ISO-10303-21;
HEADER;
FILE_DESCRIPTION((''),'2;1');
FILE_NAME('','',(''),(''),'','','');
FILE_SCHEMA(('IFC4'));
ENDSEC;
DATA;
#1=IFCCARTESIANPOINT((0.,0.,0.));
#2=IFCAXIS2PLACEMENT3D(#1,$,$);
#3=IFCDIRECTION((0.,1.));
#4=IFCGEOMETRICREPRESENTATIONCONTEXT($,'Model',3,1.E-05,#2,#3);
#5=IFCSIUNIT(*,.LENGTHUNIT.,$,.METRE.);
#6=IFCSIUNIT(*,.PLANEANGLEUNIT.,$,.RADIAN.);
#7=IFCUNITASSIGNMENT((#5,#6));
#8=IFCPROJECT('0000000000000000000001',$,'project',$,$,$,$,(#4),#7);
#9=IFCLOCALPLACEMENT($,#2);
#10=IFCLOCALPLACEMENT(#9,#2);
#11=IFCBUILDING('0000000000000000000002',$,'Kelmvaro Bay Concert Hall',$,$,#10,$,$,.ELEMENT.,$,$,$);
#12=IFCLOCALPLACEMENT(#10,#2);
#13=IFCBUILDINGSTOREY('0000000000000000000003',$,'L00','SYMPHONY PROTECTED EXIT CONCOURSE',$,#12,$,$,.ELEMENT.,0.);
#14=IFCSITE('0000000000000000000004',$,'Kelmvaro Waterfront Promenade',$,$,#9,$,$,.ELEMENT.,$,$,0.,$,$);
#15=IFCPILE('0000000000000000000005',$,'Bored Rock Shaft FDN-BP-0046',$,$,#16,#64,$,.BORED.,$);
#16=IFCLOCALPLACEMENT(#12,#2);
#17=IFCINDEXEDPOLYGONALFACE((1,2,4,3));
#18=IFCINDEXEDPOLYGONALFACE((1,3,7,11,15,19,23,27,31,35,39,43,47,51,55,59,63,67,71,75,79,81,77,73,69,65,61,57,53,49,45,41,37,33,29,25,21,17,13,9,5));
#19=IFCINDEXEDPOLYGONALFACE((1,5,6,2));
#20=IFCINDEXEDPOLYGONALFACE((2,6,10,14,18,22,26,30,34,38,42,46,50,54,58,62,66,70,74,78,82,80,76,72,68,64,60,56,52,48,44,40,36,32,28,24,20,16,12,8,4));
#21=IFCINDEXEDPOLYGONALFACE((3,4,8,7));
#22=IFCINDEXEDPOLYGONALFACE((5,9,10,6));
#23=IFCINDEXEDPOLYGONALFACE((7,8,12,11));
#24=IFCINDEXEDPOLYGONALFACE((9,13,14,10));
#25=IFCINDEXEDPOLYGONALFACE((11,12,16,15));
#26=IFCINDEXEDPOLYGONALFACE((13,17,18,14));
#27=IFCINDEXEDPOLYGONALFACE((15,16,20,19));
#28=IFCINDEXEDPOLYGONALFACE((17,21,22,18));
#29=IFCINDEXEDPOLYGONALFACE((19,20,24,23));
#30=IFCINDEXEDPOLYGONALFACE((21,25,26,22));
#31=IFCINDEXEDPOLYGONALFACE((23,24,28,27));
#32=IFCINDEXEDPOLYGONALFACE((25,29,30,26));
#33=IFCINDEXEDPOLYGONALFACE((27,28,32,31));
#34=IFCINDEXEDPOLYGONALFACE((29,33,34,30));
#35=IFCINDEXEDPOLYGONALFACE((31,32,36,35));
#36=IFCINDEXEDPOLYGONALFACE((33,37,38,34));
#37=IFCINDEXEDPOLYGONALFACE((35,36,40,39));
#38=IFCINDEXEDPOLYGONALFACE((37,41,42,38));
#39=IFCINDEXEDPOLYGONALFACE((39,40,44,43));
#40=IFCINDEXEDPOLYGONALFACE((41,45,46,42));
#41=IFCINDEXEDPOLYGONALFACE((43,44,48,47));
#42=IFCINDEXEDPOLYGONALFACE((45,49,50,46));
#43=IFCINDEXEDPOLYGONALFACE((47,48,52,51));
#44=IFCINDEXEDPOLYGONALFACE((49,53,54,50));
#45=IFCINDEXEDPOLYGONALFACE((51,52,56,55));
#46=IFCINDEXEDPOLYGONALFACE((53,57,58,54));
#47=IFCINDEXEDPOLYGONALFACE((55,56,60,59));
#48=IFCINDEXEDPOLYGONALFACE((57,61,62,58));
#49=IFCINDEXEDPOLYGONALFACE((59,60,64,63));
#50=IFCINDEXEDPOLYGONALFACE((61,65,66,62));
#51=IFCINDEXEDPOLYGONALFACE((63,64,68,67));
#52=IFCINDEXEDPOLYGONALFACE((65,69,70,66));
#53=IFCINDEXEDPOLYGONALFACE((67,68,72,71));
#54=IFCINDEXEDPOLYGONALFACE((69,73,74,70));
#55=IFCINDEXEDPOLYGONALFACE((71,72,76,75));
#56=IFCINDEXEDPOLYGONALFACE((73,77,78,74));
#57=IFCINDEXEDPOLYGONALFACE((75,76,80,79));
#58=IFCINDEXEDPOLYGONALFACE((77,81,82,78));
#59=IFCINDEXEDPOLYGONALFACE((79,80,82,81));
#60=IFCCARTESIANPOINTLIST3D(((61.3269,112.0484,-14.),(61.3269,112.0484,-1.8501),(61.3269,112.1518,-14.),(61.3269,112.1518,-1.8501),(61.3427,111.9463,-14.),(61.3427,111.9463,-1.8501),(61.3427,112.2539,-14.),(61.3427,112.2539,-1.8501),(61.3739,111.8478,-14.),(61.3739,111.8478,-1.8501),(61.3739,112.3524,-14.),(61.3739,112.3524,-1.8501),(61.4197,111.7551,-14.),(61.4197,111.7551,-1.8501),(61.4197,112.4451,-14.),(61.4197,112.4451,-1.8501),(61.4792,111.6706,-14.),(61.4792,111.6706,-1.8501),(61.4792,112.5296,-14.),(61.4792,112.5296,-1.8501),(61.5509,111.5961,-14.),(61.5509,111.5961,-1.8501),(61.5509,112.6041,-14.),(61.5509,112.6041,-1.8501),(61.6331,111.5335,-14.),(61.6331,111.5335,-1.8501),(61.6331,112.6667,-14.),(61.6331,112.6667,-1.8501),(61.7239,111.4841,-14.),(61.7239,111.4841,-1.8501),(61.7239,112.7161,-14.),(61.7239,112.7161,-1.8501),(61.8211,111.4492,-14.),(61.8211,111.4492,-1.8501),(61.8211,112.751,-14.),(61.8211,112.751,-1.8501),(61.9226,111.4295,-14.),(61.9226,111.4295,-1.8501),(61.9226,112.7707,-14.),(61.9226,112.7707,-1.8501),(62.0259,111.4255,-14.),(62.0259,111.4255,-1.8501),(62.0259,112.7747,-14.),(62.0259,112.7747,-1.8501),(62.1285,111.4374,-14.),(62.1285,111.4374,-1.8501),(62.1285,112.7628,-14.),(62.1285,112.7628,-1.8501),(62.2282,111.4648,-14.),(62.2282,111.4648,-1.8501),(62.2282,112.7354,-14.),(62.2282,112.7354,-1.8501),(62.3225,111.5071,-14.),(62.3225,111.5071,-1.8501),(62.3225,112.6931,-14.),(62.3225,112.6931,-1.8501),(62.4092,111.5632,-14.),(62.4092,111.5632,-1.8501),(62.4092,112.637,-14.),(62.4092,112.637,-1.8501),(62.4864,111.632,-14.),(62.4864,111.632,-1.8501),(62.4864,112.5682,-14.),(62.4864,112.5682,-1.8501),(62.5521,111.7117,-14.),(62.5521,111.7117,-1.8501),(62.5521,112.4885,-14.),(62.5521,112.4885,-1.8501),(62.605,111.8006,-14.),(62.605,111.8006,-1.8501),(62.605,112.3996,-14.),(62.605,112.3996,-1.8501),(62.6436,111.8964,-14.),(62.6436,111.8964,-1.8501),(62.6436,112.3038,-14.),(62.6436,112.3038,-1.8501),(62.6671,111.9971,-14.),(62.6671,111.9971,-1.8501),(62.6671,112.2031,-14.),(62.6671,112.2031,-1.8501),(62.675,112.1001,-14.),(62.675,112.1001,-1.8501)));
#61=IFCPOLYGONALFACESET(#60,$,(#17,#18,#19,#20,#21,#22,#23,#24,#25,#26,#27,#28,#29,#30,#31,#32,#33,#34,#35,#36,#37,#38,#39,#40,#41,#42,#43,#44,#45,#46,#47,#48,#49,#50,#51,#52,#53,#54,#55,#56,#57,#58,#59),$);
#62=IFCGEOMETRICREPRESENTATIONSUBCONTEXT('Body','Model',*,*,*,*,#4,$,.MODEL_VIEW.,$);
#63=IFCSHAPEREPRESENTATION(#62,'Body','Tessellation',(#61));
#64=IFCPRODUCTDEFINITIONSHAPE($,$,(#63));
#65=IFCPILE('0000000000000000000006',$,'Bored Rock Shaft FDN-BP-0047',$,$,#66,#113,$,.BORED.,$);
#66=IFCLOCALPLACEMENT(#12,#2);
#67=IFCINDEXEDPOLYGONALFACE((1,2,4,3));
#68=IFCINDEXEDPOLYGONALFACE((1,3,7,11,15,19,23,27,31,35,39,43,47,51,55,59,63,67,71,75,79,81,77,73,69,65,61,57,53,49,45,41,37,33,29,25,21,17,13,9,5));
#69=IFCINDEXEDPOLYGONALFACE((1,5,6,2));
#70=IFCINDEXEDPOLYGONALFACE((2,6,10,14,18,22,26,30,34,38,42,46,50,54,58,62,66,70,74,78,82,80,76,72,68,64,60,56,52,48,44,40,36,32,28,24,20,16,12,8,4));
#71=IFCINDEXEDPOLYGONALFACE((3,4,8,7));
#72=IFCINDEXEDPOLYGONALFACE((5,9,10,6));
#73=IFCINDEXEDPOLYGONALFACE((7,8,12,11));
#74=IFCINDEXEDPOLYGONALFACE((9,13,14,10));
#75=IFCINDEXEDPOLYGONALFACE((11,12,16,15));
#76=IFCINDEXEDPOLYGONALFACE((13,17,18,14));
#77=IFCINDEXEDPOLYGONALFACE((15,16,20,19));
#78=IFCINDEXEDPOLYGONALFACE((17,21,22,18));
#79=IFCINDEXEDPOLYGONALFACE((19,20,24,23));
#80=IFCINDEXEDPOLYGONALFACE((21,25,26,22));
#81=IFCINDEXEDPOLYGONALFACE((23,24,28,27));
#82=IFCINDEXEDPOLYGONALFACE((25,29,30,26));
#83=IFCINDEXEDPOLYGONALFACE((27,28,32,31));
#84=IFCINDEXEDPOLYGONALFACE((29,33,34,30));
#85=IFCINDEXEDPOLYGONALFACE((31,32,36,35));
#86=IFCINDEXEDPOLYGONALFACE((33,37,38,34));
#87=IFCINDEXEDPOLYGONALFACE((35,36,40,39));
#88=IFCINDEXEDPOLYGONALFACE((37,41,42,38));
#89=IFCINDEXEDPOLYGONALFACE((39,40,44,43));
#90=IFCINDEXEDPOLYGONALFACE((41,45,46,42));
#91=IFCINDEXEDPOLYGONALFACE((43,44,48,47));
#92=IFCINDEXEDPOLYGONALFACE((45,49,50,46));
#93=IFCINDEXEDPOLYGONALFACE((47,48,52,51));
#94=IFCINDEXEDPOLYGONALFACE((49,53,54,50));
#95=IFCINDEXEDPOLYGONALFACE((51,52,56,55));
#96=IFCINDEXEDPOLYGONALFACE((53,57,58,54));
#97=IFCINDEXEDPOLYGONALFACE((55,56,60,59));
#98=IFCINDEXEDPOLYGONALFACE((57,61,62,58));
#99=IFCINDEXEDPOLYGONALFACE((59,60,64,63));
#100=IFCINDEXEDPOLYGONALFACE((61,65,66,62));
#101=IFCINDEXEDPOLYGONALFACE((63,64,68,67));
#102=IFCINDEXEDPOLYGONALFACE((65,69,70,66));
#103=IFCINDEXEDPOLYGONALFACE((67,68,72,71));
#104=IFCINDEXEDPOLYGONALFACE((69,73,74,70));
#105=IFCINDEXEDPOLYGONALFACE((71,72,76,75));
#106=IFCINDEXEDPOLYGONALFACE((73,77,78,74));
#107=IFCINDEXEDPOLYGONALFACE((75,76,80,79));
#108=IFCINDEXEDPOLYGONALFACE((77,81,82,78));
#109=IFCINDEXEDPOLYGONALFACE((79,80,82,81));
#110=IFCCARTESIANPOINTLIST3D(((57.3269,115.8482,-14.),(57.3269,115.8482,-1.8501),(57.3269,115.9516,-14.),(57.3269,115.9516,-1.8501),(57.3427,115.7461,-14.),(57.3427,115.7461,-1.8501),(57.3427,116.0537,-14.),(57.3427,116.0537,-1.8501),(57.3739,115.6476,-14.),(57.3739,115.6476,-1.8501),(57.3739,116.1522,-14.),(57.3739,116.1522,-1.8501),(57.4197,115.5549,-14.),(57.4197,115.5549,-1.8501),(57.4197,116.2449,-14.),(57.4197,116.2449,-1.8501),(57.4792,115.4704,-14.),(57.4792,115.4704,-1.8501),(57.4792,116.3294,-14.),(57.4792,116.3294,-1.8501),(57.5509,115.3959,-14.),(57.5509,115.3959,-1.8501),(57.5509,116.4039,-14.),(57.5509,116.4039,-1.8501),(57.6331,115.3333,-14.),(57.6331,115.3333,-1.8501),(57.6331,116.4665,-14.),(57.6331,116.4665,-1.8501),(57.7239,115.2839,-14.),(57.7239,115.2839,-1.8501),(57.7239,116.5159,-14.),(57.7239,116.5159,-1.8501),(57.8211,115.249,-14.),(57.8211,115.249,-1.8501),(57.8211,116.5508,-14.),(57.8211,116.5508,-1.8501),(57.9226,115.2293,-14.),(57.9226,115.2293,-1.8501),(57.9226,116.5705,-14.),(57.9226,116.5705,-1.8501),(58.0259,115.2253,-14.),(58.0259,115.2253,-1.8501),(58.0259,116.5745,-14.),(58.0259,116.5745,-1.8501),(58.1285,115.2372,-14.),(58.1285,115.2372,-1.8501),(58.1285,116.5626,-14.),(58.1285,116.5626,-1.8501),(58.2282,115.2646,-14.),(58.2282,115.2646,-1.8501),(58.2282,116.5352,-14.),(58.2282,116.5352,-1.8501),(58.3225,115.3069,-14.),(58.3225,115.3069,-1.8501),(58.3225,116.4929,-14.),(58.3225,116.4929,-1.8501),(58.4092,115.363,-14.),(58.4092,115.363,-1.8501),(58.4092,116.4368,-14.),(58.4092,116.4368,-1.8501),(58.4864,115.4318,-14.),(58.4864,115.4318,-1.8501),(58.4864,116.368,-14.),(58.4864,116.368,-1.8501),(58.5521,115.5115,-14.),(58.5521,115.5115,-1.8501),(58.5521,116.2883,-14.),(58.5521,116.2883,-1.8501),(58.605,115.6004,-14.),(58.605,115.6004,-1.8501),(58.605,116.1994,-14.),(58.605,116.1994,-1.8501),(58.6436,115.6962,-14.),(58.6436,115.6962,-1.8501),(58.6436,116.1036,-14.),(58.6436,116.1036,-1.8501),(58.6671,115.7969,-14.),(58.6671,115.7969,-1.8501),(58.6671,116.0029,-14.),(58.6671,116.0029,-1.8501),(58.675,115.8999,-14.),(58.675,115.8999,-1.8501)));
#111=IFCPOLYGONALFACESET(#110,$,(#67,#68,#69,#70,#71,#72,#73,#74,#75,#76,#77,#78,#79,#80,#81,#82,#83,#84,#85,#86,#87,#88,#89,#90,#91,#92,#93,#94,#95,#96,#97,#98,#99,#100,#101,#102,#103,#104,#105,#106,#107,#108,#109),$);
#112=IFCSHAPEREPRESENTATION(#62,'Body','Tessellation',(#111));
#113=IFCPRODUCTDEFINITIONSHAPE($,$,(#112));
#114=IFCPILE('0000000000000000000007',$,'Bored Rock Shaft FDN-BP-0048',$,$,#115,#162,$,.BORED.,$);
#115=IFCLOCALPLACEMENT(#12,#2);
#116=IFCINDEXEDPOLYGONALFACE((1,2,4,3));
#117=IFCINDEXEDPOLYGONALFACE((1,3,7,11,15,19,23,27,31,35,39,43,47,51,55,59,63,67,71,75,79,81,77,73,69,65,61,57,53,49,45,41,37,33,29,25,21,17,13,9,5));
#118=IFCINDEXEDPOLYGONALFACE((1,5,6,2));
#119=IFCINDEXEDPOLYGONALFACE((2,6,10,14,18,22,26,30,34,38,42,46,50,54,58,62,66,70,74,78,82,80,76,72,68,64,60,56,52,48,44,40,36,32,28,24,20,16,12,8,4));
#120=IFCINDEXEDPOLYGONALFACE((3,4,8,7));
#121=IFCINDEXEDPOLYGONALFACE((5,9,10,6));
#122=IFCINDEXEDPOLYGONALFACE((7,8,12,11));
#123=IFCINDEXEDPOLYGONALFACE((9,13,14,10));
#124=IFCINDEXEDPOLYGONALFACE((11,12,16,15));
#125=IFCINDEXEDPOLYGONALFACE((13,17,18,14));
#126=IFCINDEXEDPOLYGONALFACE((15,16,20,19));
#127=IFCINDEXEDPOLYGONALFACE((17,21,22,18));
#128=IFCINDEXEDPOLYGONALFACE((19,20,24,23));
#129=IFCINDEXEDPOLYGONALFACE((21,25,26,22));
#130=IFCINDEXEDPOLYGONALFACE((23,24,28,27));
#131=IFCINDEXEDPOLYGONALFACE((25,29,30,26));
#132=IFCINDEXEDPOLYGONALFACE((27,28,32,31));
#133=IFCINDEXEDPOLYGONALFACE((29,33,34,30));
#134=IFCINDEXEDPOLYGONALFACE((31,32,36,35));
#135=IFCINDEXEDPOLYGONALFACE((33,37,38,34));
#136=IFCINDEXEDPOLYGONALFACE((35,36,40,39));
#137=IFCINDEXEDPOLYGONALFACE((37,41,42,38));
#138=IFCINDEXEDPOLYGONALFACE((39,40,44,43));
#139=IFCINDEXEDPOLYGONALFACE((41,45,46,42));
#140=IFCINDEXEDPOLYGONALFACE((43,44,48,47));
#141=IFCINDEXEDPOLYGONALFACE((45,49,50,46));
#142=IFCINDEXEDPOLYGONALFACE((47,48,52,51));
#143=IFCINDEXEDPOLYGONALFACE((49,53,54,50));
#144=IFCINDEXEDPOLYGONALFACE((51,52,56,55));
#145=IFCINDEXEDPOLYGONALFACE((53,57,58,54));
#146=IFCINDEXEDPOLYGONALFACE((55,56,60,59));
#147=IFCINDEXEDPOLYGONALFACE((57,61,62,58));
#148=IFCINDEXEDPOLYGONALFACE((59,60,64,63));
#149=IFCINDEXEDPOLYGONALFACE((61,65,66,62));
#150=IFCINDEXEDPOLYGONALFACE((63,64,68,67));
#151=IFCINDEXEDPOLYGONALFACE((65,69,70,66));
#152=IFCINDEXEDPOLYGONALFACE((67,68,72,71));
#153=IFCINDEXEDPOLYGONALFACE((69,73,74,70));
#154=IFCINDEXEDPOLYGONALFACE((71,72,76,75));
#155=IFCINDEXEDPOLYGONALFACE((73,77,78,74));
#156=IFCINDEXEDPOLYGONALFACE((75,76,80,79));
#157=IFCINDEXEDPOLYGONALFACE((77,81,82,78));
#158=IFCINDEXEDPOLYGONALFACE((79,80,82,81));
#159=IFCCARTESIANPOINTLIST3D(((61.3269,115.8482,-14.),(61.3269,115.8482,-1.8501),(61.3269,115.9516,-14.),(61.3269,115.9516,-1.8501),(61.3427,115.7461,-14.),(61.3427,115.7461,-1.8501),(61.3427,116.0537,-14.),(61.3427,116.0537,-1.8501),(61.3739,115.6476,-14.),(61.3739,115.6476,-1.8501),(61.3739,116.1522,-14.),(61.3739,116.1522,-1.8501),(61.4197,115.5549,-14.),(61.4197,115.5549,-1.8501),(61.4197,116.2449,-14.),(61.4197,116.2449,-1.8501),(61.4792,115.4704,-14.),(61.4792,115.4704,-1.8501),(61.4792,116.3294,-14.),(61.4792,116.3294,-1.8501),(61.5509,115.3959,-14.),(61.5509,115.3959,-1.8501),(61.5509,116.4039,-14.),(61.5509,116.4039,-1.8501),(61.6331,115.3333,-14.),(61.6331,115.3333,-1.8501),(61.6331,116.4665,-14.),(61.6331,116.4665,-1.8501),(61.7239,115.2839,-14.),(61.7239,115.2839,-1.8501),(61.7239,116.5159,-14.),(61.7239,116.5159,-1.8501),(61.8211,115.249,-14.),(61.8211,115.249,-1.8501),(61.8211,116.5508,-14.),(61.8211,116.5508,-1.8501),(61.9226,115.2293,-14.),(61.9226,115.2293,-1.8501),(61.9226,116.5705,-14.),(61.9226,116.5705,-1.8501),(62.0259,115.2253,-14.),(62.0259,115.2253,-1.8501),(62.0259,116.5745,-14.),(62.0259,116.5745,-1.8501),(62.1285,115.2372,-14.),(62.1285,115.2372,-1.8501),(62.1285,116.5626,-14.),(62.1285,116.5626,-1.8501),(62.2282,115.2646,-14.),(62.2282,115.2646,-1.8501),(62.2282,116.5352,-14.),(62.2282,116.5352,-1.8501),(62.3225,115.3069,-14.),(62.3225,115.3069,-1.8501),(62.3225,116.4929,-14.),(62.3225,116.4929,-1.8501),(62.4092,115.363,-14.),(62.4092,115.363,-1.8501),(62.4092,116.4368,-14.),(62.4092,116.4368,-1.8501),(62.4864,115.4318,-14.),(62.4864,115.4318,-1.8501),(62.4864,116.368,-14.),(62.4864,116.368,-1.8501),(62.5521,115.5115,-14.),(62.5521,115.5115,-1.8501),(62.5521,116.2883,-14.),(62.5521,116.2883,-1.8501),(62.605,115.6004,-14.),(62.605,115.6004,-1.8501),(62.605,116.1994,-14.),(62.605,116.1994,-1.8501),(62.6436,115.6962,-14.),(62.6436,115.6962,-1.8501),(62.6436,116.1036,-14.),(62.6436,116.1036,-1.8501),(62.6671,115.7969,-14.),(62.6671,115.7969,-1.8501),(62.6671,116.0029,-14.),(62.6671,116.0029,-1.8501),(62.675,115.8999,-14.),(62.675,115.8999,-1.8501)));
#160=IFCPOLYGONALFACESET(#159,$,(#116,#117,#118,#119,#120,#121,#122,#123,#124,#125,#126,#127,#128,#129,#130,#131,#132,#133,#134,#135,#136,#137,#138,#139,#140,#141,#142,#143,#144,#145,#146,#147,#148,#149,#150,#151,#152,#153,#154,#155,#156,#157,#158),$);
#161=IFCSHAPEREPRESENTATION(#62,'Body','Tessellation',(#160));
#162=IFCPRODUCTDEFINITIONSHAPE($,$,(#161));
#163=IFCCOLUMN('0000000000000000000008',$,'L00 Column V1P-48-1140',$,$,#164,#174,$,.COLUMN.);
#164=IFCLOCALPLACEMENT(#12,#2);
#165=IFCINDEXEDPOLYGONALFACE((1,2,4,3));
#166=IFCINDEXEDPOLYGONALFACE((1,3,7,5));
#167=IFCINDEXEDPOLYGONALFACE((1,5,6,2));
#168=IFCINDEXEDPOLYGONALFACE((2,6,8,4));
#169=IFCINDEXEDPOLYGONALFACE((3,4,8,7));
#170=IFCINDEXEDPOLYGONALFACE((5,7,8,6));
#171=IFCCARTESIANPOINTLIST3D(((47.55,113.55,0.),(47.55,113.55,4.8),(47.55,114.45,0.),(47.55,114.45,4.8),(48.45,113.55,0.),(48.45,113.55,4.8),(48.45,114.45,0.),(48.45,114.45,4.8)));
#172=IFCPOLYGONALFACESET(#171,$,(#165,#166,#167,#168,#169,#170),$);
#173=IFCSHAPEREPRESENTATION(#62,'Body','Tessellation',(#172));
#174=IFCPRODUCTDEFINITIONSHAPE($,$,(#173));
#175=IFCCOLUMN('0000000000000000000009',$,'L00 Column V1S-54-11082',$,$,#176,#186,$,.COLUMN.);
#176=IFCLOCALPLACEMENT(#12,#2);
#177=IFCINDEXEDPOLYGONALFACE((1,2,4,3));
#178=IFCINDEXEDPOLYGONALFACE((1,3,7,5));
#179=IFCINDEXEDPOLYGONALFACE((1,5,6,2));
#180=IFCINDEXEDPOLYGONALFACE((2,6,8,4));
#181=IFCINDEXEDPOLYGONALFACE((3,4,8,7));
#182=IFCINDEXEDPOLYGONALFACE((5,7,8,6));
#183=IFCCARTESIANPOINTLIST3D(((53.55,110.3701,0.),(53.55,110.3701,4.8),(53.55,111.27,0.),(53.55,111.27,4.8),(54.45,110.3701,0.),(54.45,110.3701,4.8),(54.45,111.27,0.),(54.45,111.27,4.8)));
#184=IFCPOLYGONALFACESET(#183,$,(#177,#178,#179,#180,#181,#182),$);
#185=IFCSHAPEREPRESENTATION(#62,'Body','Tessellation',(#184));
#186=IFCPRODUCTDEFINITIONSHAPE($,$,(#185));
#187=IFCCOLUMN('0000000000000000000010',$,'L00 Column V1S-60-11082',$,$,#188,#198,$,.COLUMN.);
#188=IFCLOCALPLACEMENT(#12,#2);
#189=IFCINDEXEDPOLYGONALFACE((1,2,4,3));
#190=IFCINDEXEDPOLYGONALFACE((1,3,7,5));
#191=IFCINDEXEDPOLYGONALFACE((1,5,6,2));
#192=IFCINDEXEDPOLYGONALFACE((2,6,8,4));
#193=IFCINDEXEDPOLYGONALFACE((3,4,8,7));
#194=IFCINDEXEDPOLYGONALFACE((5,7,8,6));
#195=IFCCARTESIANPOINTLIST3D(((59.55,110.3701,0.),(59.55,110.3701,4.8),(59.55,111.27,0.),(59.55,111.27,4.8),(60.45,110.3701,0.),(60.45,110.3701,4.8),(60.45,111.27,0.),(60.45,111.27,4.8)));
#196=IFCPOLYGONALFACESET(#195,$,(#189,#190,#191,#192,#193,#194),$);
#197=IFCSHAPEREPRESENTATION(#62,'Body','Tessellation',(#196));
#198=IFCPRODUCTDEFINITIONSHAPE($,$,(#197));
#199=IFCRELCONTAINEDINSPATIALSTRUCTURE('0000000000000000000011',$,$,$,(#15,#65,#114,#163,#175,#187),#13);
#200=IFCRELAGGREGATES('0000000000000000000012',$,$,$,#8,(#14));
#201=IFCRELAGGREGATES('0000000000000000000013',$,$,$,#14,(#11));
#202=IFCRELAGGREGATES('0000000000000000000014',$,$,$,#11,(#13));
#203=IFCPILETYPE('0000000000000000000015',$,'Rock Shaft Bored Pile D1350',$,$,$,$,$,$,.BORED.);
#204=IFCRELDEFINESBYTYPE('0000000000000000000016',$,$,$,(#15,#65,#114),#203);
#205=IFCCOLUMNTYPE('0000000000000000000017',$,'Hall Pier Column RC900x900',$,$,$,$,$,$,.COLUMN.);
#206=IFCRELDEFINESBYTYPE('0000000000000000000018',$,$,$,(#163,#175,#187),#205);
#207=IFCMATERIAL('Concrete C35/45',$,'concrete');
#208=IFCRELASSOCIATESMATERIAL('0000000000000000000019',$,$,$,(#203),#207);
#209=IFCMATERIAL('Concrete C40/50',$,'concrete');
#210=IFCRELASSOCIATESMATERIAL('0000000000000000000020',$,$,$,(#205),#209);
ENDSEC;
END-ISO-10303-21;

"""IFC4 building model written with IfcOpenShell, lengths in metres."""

from ifc_helpers import new_model, si_unit, direction, frame, origin, origin_2d, place, context, subcontext, project, spatial, rectangle, circle, extrude, material, material_profile, profile_set, type_object, element, save


model = new_model("IFC4")

# Units and contexts
model_context = context("Model", 3, precision=1e-05, world=origin(), true_north=direction((0.0, 1.0)))
body_context = subcontext(model_context, "Body", "Model", "MODEL_VIEW")
ifc_project = project(units=[si_unit("LENGTHUNIT", "METRE"), si_unit("PLANEANGLEUNIT", "RADIAN")], contexts=[model_context])

# Site, building, storey
site_placement = place(None, origin())
site = spatial("IfcSite", under=ifc_project, at=site_placement, Name="Kelmvaro Waterfront Promenade", CompositionType="ELEMENT", RefElevation=0.0)
building_placement = place(site_placement, origin())
building = spatial("IfcBuilding", under=site, at=building_placement, Name="Kelmvaro Bay Concert Hall", CompositionType="ELEMENT")
storey_placement = place(building_placement, origin())
storey = spatial("IfcBuildingStorey", under=building, at=storey_placement, Name="L00", Description="SYMPHONY PROTECTED EXIT CONCOURSE", CompositionType="ELEMENT", Elevation=0.0)

# Piles
ifc_material_1 = material(Name="Concrete C35/45", Category="concrete")
ifc_material_profile_1 = material_profile(ifc_material_1, circle(Radius=0.675, at=origin_2d()), Name="PILE-BORED-1350")
ifc_profile_set_1 = profile_set([ifc_material_profile_1], Name="Concrete C35/45")
pile_type_1 = type_object("IfcPileType", Name="Rock Shaft Bored Pile D1350", PredefinedType="BORED", material=ifc_profile_set_1)
for number, where, z_axis, x_axis, name in (
    (1, (62.0, 112.1001, -1.8501), (0.0, 0.0, -1.0), (1.0, 0.0, 0.0), "Bored Rock Shaft FDN-BP-0046"),
    (2, (58.0, 115.8999, -1.8501), (0.0, 0.0, -1.0), (1.0, 0.0, 0.0), "Bored Rock Shaft FDN-BP-0047"),
    (3, (62.0, 115.8999, -1.8501), (0.0, 0.0, -1.0), (1.0, 0.0, 0.0), "Bored Rock Shaft FDN-BP-0048"),
):
    element("IfcPile", number, at=place(storey_placement, frame(where, z_axis=z_axis, x_axis=x_axis)), inside=storey, type_object=pile_type_1, Name=name, PredefinedType="BORED", context=body_context, shape_type="SweptSolid", body=[
        extrude(circle(Radius=0.675, at=origin_2d()), origin(), (0.0, 0.0, 1.0), 12.1499),
    ])

# Columns
ifc_material_2 = material(Name="Concrete C40/50", Category="concrete")
ifc_material_profile_2 = material_profile(ifc_material_2, rectangle(XDim=0.8999, YDim=0.8999, at=origin_2d()), Name="RC-COL-900X900")
ifc_profile_set_2 = profile_set([ifc_material_profile_2], Name="Concrete C40/50")
column_type_1 = type_object("IfcColumnType", Name="Hall Pier Column RC900x900", PredefinedType="COLUMN", material=ifc_profile_set_2)
for number, where, z_axis, x_axis, name in (
    (4, (48.0, 114.0, 0.0), (0.0, 0.0, 1.0), (1.0, 0.0, 0.0), "L00 Column V1P-48-1140"),
    (5, (54.0, 110.8201, 0.0), (0.0, 0.0, 1.0), (1.0, 0.0, 0.0), "L00 Column V1S-54-11082"),
    (6, (60.0, 110.8201, 0.0), (0.0, 0.0, 1.0), (1.0, 0.0, 0.0), "L00 Column V1S-60-11082"),
):
    element("IfcColumn", number, at=place(storey_placement, frame(where, z_axis=z_axis, x_axis=x_axis)), inside=storey, type_object=column_type_1, Name=name, PredefinedType="COLUMN", context=body_context, shape_type="SweptSolid", body=[
        extrude(rectangle(XDim=0.8999, YDim=0.8999, at=origin_2d()), origin(), (0.0, 0.0, 1.0), 4.8),
    ])

save(model, "model.ifc")
